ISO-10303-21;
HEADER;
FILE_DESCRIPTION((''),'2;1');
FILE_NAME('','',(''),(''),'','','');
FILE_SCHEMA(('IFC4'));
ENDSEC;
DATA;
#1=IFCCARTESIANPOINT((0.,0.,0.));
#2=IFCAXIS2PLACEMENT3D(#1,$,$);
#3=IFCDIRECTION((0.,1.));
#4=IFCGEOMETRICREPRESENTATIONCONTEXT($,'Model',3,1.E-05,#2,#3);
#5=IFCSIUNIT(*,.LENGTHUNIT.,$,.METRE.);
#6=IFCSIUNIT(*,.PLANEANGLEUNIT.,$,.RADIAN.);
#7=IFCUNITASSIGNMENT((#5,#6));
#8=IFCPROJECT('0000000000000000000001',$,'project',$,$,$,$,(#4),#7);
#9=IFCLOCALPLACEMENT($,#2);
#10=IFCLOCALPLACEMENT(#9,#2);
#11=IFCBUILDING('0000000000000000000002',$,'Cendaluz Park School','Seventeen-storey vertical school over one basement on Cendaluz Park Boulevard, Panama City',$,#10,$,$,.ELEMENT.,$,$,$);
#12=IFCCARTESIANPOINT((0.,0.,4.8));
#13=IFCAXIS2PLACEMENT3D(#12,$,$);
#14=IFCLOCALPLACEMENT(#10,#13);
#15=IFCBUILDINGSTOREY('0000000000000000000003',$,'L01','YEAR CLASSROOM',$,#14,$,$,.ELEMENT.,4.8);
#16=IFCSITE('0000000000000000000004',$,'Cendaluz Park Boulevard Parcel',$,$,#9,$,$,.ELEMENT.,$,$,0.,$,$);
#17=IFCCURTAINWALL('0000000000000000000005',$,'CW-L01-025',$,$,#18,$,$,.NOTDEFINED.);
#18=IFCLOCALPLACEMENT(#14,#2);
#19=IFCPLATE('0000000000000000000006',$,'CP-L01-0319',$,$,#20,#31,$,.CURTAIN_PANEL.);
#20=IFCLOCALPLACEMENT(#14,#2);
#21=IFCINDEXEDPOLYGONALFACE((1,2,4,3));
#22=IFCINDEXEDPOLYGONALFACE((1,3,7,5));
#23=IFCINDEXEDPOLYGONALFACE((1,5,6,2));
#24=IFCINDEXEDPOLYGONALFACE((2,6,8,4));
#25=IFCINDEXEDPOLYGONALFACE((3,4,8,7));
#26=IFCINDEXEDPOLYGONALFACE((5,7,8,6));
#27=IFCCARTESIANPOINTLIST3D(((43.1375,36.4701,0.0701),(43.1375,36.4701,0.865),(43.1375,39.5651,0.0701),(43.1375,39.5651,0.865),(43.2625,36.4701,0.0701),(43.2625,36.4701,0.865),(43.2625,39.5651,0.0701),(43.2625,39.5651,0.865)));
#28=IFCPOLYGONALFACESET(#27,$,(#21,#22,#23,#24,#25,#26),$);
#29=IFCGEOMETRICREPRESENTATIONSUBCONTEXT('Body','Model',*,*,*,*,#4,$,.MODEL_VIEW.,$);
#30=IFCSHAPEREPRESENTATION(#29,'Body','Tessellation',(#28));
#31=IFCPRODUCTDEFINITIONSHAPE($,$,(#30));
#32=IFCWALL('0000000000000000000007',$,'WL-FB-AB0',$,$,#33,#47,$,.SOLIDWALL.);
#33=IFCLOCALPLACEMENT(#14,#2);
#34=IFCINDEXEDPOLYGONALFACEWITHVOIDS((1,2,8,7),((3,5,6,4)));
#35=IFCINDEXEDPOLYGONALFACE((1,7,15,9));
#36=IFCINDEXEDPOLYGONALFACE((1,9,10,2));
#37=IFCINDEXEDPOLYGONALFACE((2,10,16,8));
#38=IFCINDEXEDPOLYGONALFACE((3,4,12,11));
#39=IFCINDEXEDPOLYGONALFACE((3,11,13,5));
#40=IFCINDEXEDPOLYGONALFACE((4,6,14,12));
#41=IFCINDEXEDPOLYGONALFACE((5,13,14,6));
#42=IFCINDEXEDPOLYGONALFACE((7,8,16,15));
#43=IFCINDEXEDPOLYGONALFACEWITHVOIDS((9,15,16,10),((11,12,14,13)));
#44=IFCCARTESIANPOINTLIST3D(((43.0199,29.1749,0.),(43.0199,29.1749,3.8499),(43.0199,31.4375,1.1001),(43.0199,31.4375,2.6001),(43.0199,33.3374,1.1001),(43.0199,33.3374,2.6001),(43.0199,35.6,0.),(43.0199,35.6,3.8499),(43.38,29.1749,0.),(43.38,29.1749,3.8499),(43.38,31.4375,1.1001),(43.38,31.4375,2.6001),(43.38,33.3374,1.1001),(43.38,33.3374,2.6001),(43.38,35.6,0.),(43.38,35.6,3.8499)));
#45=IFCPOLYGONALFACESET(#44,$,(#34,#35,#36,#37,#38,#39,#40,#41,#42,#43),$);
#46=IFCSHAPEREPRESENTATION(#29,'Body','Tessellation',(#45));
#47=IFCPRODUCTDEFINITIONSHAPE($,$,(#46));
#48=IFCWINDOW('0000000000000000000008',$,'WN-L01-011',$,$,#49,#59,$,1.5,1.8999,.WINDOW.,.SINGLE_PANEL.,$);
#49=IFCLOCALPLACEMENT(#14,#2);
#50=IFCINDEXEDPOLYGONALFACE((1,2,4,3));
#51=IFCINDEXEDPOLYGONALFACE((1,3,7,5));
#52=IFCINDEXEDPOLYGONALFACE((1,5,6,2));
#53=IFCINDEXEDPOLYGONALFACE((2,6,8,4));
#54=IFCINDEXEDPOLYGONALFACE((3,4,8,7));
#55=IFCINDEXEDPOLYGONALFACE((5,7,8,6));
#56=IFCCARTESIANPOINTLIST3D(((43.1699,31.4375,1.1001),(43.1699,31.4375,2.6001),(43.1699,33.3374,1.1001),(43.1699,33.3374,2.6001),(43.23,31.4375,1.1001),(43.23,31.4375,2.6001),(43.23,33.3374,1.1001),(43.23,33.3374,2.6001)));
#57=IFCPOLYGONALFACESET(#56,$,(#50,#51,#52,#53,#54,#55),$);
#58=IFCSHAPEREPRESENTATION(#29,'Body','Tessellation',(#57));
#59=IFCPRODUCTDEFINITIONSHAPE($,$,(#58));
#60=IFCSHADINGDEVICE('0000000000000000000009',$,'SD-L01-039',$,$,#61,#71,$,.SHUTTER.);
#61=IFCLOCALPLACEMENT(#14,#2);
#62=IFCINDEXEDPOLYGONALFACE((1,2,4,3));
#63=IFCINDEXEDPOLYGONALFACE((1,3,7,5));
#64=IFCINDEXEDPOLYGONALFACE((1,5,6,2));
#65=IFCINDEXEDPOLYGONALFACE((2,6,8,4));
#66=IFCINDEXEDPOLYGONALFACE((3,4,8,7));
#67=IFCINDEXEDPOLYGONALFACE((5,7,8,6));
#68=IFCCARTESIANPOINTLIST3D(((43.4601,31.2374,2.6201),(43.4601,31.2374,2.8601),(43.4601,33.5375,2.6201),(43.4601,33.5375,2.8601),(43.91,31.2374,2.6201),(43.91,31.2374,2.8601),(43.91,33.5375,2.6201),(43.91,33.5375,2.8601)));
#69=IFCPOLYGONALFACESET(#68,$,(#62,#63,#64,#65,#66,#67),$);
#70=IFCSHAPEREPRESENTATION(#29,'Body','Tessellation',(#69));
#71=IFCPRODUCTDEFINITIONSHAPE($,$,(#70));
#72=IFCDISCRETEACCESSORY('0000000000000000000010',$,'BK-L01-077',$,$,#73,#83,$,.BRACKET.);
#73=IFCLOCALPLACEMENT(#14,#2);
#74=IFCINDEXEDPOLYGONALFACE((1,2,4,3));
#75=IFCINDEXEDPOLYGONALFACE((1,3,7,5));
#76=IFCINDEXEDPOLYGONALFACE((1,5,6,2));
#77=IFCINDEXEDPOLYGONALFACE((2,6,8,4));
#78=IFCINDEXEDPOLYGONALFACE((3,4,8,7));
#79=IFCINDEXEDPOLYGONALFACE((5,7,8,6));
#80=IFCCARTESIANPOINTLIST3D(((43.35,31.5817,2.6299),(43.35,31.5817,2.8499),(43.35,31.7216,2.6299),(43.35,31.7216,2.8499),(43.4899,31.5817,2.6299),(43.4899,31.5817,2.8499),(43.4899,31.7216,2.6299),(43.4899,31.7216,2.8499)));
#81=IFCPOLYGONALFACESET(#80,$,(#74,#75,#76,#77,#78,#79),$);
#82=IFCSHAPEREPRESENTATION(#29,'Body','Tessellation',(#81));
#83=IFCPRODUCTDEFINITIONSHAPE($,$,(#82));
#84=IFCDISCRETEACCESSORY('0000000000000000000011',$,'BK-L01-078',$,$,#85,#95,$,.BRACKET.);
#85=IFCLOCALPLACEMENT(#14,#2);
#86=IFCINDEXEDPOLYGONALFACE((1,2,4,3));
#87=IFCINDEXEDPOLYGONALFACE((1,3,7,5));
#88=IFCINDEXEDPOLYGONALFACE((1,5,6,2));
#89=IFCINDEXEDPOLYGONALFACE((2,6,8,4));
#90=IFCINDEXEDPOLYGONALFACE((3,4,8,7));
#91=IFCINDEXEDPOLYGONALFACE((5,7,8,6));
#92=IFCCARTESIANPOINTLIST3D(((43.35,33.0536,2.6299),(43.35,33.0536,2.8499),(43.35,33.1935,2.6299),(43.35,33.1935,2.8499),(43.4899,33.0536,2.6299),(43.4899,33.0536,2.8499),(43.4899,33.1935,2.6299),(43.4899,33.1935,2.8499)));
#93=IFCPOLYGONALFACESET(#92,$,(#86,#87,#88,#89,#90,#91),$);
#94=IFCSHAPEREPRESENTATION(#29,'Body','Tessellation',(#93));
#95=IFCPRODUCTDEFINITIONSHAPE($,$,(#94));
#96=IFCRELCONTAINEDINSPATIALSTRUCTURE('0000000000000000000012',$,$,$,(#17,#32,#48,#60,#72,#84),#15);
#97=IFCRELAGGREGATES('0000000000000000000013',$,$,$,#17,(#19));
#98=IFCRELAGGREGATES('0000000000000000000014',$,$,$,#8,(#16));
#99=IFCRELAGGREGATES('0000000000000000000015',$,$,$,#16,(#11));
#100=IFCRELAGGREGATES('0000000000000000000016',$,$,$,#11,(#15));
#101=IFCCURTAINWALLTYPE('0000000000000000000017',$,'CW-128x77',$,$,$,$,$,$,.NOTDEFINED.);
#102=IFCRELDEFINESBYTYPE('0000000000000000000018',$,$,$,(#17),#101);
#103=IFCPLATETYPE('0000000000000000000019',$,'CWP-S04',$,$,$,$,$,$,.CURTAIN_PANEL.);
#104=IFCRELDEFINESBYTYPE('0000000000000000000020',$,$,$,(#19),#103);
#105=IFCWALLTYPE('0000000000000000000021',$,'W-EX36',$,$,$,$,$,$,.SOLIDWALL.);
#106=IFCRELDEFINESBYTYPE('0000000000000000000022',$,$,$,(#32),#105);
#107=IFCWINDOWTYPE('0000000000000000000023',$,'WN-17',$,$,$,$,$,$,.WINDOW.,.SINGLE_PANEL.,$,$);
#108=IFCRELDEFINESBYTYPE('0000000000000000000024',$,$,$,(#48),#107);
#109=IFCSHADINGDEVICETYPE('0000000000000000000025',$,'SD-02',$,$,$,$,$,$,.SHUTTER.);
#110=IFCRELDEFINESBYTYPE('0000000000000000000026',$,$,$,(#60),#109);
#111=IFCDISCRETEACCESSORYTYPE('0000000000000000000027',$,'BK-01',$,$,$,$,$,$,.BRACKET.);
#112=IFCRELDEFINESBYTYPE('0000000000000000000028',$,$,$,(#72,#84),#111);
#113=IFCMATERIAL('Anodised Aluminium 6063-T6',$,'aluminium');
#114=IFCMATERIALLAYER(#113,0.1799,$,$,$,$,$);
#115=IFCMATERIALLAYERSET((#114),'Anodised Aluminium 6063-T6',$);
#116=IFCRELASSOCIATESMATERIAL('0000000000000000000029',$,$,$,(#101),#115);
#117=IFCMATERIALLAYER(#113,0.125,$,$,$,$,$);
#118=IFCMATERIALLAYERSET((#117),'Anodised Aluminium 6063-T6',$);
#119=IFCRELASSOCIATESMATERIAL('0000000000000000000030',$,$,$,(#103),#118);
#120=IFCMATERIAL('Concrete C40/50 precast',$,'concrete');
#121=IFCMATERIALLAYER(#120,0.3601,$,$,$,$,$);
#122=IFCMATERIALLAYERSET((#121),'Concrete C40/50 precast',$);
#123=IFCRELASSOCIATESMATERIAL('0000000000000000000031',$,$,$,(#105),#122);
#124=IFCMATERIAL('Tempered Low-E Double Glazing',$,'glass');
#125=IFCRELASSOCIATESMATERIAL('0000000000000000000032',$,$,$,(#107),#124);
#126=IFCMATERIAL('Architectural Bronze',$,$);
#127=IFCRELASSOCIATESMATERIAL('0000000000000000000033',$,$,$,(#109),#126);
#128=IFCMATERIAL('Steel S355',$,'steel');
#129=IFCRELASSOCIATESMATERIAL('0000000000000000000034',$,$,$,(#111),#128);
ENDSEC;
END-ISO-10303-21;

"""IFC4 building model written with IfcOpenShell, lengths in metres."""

from ifc_helpers import new_model, si_unit, direction, frame, frame_2d, origin, origin_2d, place, context, subcontext, project, spatial, rectangle, extrude, material, layer, layer_set, type_object, element, fill, aggregate, save


model = new_model("IFC4")

# Units and contexts
model_context = context("Model", 3, precision=1e-05, world=origin(), true_north=direction((0.0, 1.0)))
body_context = subcontext(model_context, "Body", "Model", "MODEL_VIEW")
ifc_project = project(units=[si_unit("LENGTHUNIT", "METRE"), si_unit("PLANEANGLEUNIT", "RADIAN")], contexts=[model_context])

# Site, building, storey
site_placement = place(None, origin())
site = spatial("IfcSite", under=ifc_project, at=site_placement, Name="Cendaluz Park Boulevard Parcel", CompositionType="ELEMENT", RefElevation=0.0)
building_placement = place(site_placement, origin())
building = spatial("IfcBuilding", under=site, at=building_placement, Name="Cendaluz Park School", Description="Seventeen-storey vertical school over one basement on Cendaluz Park Boulevard, Panama City", CompositionType="ELEMENT")
storey_placement = place(building_placement, frame((0.0, 0.0, 4.8)))
storey = spatial("IfcBuildingStorey", under=building, at=storey_placement, Name="L01", Description="YEAR CLASSROOM", CompositionType="ELEMENT", Elevation=4.8)

# Curtain wall
ifc_material_1 = material(Name="Anodised Aluminium 6063-T6", Category="aluminium")
ifc_layer_1 = layer(ifc_material_1, 0.1799)
ifc_layer_set_1 = layer_set([ifc_layer_1], Name="Anodised Aluminium 6063-T6")
curtain_wall_type_1 = type_object("IfcCurtainWallType", Name="CW-128x77", PredefinedType="NOTDEFINED", material=ifc_layer_set_1)
curtain_wall_1_placement = place(storey_placement, origin())
curtain_wall_1 = element("IfcCurtainWall", 1, at=curtain_wall_1_placement, inside=storey, type_object=curtain_wall_type_1, Name="CW-L01-025", PredefinedType="NOTDEFINED")

# Plate
ifc_material_2 = material(Name="Tempered Low-E Double Glazing", Category="glass")
ifc_layer_2 = layer(ifc_material_1, 0.125)
ifc_layer_set_2 = layer_set([ifc_layer_2], Name="Anodised Aluminium 6063-T6")
plate_type_1 = type_object("IfcPlateType", Name="CWP-S04", PredefinedType="CURTAIN_PANEL", material=ifc_layer_set_2)
plate_1_placement = place(storey_placement, frame((43.2, 38.0176, 0.0701), z_axis=(0.0, 0.0, 1.0), x_axis=(0.0, 1.0, 0.0)))
plate_1 = element("IfcPlate", 2, at=plate_1_placement, type_object=plate_type_1, Name="CP-L01-0319", PredefinedType="CURTAIN_PANEL", context=body_context, shape_type="SweptSolid", body=[
    extrude(rectangle(XDim=3.095, YDim=0.125, at=origin_2d()), origin(), (0.0, 0.0, 1.0), 0.7949),
])
aggregate(curtain_wall_1, [plate_1])

# Wall, opening, window
ifc_material_3 = material(Name="Concrete C40/50 precast", Category="concrete")
ifc_layer_3 = layer(ifc_material_3, 0.3601)
ifc_layer_set_3 = layer_set([ifc_layer_3], Name="Concrete C40/50 precast")
wall_type = type_object("IfcWallType", Name="W-EX36", PredefinedType="SOLIDWALL", material=ifc_layer_set_3)
wall_placement = place(storey_placement, frame((43.2, 29.175, 0.0), z_axis=(0.0, 0.0, 1.0), x_axis=(0.0, 1.0, 0.0)))
wall = element("IfcWall", 3, at=wall_placement, inside=storey, type_object=wall_type, Name="WL-FB-AB0", PredefinedType="SOLIDWALL", context=body_context, shape_type="SweptSolid", body=[
    extrude(rectangle(XDim=6.425, YDim=0.3601, at=frame_2d((3.2124, 0.0))), origin(), (0.0, 0.0, 1.0), 3.8499),
])
opening_placement = place(wall_placement, frame((2.2625, 0.0, 1.1001)))
opening = element("IfcOpeningElement", 4, at=opening_placement, cuts=wall, PredefinedType="OPENING", context=body_context, shape_type="SweptSolid", body=[
    extrude(rectangle(XDim=1.8999, YDim=1.5, at=frame_2d((0.95, 0.75))), frame((0.0, 0.1921, 0.0), z_axis=(0.0, -1.0, 0.0), x_axis=(1.0, 0.0, 0.0)), (0.0, 0.0, 1.0), 0.384),
])
window_type = type_object("IfcWindowType", Name="WN-17", PartitioningType="SINGLE_PANEL", PredefinedType="WINDOW", material=ifc_material_2)
window_placement = place(opening_placement, origin())
window = element("IfcWindow", 5, at=window_placement, inside=storey, type_object=window_type, Name="WN-L01-011", OverallHeight=1.5, OverallWidth=1.8999, PartitioningType="SINGLE_PANEL", PredefinedType="WINDOW", context=body_context, shape_type="SweptSolid", body=[
    extrude(rectangle(XDim=1.8999, YDim=1.5, at=frame_2d((0.95, 0.75))), frame((0.0, 0.03, 0.0), z_axis=(0.0, -1.0, 0.0), x_axis=(1.0, 0.0, 0.0)), (0.0, 0.0, 1.0), 0.0601),
])
fill(opening, window)

# Shading device
ifc_material_4 = material(Name="Architectural Bronze")
shading_device_type = type_object("IfcShadingDeviceType", Name="SD-02", PredefinedType="SHUTTER", material=ifc_material_4)
shading_device_placement = place(storey_placement, frame((43.6851, 32.3875, 2.6201), z_axis=(0.0, 0.0, 1.0), x_axis=(0.0, 1.0, 0.0)))
element("IfcShadingDevice", 6, at=shading_device_placement, inside=storey, type_object=shading_device_type, Name="SD-L01-039", PredefinedType="SHUTTER", context=body_context, shape_type="SweptSolid", body=[
    extrude(rectangle(XDim=2.3, YDim=0.45, at=origin_2d()), origin(), (0.0, 0.0, 1.0), 0.24),
])

# Discrete accessories
ifc_material_5 = material(Name="Steel S355", Category="steel")
discrete_accessory_type = type_object("IfcDiscreteAccessoryType", Name="BK-01", PredefinedType="BRACKET", material=ifc_material_5)
for number, where, z_axis, x_axis, name in (
    (7, (43.4199, 31.6516, 2.6299), (0.0, 0.0, 1.0), (0.0, 1.0, 0.0), "BK-L01-077"),
    (8, (43.4199, 33.1235, 2.6299), (0.0, 0.0, 1.0), (0.0, 1.0, 0.0), "BK-L01-078"),
):
    element("IfcDiscreteAccessory", number, at=place(storey_placement, frame(where, z_axis=z_axis, x_axis=x_axis)), inside=storey, type_object=discrete_accessory_type, Name=name, PredefinedType="BRACKET", context=body_context, shape_type="SweptSolid", body=[
        extrude(rectangle(XDim=0.1399, YDim=0.1399, at=origin_2d()), origin(), (0.0, 0.0, 1.0), 0.22),
    ])

save(model, "model.ifc")
